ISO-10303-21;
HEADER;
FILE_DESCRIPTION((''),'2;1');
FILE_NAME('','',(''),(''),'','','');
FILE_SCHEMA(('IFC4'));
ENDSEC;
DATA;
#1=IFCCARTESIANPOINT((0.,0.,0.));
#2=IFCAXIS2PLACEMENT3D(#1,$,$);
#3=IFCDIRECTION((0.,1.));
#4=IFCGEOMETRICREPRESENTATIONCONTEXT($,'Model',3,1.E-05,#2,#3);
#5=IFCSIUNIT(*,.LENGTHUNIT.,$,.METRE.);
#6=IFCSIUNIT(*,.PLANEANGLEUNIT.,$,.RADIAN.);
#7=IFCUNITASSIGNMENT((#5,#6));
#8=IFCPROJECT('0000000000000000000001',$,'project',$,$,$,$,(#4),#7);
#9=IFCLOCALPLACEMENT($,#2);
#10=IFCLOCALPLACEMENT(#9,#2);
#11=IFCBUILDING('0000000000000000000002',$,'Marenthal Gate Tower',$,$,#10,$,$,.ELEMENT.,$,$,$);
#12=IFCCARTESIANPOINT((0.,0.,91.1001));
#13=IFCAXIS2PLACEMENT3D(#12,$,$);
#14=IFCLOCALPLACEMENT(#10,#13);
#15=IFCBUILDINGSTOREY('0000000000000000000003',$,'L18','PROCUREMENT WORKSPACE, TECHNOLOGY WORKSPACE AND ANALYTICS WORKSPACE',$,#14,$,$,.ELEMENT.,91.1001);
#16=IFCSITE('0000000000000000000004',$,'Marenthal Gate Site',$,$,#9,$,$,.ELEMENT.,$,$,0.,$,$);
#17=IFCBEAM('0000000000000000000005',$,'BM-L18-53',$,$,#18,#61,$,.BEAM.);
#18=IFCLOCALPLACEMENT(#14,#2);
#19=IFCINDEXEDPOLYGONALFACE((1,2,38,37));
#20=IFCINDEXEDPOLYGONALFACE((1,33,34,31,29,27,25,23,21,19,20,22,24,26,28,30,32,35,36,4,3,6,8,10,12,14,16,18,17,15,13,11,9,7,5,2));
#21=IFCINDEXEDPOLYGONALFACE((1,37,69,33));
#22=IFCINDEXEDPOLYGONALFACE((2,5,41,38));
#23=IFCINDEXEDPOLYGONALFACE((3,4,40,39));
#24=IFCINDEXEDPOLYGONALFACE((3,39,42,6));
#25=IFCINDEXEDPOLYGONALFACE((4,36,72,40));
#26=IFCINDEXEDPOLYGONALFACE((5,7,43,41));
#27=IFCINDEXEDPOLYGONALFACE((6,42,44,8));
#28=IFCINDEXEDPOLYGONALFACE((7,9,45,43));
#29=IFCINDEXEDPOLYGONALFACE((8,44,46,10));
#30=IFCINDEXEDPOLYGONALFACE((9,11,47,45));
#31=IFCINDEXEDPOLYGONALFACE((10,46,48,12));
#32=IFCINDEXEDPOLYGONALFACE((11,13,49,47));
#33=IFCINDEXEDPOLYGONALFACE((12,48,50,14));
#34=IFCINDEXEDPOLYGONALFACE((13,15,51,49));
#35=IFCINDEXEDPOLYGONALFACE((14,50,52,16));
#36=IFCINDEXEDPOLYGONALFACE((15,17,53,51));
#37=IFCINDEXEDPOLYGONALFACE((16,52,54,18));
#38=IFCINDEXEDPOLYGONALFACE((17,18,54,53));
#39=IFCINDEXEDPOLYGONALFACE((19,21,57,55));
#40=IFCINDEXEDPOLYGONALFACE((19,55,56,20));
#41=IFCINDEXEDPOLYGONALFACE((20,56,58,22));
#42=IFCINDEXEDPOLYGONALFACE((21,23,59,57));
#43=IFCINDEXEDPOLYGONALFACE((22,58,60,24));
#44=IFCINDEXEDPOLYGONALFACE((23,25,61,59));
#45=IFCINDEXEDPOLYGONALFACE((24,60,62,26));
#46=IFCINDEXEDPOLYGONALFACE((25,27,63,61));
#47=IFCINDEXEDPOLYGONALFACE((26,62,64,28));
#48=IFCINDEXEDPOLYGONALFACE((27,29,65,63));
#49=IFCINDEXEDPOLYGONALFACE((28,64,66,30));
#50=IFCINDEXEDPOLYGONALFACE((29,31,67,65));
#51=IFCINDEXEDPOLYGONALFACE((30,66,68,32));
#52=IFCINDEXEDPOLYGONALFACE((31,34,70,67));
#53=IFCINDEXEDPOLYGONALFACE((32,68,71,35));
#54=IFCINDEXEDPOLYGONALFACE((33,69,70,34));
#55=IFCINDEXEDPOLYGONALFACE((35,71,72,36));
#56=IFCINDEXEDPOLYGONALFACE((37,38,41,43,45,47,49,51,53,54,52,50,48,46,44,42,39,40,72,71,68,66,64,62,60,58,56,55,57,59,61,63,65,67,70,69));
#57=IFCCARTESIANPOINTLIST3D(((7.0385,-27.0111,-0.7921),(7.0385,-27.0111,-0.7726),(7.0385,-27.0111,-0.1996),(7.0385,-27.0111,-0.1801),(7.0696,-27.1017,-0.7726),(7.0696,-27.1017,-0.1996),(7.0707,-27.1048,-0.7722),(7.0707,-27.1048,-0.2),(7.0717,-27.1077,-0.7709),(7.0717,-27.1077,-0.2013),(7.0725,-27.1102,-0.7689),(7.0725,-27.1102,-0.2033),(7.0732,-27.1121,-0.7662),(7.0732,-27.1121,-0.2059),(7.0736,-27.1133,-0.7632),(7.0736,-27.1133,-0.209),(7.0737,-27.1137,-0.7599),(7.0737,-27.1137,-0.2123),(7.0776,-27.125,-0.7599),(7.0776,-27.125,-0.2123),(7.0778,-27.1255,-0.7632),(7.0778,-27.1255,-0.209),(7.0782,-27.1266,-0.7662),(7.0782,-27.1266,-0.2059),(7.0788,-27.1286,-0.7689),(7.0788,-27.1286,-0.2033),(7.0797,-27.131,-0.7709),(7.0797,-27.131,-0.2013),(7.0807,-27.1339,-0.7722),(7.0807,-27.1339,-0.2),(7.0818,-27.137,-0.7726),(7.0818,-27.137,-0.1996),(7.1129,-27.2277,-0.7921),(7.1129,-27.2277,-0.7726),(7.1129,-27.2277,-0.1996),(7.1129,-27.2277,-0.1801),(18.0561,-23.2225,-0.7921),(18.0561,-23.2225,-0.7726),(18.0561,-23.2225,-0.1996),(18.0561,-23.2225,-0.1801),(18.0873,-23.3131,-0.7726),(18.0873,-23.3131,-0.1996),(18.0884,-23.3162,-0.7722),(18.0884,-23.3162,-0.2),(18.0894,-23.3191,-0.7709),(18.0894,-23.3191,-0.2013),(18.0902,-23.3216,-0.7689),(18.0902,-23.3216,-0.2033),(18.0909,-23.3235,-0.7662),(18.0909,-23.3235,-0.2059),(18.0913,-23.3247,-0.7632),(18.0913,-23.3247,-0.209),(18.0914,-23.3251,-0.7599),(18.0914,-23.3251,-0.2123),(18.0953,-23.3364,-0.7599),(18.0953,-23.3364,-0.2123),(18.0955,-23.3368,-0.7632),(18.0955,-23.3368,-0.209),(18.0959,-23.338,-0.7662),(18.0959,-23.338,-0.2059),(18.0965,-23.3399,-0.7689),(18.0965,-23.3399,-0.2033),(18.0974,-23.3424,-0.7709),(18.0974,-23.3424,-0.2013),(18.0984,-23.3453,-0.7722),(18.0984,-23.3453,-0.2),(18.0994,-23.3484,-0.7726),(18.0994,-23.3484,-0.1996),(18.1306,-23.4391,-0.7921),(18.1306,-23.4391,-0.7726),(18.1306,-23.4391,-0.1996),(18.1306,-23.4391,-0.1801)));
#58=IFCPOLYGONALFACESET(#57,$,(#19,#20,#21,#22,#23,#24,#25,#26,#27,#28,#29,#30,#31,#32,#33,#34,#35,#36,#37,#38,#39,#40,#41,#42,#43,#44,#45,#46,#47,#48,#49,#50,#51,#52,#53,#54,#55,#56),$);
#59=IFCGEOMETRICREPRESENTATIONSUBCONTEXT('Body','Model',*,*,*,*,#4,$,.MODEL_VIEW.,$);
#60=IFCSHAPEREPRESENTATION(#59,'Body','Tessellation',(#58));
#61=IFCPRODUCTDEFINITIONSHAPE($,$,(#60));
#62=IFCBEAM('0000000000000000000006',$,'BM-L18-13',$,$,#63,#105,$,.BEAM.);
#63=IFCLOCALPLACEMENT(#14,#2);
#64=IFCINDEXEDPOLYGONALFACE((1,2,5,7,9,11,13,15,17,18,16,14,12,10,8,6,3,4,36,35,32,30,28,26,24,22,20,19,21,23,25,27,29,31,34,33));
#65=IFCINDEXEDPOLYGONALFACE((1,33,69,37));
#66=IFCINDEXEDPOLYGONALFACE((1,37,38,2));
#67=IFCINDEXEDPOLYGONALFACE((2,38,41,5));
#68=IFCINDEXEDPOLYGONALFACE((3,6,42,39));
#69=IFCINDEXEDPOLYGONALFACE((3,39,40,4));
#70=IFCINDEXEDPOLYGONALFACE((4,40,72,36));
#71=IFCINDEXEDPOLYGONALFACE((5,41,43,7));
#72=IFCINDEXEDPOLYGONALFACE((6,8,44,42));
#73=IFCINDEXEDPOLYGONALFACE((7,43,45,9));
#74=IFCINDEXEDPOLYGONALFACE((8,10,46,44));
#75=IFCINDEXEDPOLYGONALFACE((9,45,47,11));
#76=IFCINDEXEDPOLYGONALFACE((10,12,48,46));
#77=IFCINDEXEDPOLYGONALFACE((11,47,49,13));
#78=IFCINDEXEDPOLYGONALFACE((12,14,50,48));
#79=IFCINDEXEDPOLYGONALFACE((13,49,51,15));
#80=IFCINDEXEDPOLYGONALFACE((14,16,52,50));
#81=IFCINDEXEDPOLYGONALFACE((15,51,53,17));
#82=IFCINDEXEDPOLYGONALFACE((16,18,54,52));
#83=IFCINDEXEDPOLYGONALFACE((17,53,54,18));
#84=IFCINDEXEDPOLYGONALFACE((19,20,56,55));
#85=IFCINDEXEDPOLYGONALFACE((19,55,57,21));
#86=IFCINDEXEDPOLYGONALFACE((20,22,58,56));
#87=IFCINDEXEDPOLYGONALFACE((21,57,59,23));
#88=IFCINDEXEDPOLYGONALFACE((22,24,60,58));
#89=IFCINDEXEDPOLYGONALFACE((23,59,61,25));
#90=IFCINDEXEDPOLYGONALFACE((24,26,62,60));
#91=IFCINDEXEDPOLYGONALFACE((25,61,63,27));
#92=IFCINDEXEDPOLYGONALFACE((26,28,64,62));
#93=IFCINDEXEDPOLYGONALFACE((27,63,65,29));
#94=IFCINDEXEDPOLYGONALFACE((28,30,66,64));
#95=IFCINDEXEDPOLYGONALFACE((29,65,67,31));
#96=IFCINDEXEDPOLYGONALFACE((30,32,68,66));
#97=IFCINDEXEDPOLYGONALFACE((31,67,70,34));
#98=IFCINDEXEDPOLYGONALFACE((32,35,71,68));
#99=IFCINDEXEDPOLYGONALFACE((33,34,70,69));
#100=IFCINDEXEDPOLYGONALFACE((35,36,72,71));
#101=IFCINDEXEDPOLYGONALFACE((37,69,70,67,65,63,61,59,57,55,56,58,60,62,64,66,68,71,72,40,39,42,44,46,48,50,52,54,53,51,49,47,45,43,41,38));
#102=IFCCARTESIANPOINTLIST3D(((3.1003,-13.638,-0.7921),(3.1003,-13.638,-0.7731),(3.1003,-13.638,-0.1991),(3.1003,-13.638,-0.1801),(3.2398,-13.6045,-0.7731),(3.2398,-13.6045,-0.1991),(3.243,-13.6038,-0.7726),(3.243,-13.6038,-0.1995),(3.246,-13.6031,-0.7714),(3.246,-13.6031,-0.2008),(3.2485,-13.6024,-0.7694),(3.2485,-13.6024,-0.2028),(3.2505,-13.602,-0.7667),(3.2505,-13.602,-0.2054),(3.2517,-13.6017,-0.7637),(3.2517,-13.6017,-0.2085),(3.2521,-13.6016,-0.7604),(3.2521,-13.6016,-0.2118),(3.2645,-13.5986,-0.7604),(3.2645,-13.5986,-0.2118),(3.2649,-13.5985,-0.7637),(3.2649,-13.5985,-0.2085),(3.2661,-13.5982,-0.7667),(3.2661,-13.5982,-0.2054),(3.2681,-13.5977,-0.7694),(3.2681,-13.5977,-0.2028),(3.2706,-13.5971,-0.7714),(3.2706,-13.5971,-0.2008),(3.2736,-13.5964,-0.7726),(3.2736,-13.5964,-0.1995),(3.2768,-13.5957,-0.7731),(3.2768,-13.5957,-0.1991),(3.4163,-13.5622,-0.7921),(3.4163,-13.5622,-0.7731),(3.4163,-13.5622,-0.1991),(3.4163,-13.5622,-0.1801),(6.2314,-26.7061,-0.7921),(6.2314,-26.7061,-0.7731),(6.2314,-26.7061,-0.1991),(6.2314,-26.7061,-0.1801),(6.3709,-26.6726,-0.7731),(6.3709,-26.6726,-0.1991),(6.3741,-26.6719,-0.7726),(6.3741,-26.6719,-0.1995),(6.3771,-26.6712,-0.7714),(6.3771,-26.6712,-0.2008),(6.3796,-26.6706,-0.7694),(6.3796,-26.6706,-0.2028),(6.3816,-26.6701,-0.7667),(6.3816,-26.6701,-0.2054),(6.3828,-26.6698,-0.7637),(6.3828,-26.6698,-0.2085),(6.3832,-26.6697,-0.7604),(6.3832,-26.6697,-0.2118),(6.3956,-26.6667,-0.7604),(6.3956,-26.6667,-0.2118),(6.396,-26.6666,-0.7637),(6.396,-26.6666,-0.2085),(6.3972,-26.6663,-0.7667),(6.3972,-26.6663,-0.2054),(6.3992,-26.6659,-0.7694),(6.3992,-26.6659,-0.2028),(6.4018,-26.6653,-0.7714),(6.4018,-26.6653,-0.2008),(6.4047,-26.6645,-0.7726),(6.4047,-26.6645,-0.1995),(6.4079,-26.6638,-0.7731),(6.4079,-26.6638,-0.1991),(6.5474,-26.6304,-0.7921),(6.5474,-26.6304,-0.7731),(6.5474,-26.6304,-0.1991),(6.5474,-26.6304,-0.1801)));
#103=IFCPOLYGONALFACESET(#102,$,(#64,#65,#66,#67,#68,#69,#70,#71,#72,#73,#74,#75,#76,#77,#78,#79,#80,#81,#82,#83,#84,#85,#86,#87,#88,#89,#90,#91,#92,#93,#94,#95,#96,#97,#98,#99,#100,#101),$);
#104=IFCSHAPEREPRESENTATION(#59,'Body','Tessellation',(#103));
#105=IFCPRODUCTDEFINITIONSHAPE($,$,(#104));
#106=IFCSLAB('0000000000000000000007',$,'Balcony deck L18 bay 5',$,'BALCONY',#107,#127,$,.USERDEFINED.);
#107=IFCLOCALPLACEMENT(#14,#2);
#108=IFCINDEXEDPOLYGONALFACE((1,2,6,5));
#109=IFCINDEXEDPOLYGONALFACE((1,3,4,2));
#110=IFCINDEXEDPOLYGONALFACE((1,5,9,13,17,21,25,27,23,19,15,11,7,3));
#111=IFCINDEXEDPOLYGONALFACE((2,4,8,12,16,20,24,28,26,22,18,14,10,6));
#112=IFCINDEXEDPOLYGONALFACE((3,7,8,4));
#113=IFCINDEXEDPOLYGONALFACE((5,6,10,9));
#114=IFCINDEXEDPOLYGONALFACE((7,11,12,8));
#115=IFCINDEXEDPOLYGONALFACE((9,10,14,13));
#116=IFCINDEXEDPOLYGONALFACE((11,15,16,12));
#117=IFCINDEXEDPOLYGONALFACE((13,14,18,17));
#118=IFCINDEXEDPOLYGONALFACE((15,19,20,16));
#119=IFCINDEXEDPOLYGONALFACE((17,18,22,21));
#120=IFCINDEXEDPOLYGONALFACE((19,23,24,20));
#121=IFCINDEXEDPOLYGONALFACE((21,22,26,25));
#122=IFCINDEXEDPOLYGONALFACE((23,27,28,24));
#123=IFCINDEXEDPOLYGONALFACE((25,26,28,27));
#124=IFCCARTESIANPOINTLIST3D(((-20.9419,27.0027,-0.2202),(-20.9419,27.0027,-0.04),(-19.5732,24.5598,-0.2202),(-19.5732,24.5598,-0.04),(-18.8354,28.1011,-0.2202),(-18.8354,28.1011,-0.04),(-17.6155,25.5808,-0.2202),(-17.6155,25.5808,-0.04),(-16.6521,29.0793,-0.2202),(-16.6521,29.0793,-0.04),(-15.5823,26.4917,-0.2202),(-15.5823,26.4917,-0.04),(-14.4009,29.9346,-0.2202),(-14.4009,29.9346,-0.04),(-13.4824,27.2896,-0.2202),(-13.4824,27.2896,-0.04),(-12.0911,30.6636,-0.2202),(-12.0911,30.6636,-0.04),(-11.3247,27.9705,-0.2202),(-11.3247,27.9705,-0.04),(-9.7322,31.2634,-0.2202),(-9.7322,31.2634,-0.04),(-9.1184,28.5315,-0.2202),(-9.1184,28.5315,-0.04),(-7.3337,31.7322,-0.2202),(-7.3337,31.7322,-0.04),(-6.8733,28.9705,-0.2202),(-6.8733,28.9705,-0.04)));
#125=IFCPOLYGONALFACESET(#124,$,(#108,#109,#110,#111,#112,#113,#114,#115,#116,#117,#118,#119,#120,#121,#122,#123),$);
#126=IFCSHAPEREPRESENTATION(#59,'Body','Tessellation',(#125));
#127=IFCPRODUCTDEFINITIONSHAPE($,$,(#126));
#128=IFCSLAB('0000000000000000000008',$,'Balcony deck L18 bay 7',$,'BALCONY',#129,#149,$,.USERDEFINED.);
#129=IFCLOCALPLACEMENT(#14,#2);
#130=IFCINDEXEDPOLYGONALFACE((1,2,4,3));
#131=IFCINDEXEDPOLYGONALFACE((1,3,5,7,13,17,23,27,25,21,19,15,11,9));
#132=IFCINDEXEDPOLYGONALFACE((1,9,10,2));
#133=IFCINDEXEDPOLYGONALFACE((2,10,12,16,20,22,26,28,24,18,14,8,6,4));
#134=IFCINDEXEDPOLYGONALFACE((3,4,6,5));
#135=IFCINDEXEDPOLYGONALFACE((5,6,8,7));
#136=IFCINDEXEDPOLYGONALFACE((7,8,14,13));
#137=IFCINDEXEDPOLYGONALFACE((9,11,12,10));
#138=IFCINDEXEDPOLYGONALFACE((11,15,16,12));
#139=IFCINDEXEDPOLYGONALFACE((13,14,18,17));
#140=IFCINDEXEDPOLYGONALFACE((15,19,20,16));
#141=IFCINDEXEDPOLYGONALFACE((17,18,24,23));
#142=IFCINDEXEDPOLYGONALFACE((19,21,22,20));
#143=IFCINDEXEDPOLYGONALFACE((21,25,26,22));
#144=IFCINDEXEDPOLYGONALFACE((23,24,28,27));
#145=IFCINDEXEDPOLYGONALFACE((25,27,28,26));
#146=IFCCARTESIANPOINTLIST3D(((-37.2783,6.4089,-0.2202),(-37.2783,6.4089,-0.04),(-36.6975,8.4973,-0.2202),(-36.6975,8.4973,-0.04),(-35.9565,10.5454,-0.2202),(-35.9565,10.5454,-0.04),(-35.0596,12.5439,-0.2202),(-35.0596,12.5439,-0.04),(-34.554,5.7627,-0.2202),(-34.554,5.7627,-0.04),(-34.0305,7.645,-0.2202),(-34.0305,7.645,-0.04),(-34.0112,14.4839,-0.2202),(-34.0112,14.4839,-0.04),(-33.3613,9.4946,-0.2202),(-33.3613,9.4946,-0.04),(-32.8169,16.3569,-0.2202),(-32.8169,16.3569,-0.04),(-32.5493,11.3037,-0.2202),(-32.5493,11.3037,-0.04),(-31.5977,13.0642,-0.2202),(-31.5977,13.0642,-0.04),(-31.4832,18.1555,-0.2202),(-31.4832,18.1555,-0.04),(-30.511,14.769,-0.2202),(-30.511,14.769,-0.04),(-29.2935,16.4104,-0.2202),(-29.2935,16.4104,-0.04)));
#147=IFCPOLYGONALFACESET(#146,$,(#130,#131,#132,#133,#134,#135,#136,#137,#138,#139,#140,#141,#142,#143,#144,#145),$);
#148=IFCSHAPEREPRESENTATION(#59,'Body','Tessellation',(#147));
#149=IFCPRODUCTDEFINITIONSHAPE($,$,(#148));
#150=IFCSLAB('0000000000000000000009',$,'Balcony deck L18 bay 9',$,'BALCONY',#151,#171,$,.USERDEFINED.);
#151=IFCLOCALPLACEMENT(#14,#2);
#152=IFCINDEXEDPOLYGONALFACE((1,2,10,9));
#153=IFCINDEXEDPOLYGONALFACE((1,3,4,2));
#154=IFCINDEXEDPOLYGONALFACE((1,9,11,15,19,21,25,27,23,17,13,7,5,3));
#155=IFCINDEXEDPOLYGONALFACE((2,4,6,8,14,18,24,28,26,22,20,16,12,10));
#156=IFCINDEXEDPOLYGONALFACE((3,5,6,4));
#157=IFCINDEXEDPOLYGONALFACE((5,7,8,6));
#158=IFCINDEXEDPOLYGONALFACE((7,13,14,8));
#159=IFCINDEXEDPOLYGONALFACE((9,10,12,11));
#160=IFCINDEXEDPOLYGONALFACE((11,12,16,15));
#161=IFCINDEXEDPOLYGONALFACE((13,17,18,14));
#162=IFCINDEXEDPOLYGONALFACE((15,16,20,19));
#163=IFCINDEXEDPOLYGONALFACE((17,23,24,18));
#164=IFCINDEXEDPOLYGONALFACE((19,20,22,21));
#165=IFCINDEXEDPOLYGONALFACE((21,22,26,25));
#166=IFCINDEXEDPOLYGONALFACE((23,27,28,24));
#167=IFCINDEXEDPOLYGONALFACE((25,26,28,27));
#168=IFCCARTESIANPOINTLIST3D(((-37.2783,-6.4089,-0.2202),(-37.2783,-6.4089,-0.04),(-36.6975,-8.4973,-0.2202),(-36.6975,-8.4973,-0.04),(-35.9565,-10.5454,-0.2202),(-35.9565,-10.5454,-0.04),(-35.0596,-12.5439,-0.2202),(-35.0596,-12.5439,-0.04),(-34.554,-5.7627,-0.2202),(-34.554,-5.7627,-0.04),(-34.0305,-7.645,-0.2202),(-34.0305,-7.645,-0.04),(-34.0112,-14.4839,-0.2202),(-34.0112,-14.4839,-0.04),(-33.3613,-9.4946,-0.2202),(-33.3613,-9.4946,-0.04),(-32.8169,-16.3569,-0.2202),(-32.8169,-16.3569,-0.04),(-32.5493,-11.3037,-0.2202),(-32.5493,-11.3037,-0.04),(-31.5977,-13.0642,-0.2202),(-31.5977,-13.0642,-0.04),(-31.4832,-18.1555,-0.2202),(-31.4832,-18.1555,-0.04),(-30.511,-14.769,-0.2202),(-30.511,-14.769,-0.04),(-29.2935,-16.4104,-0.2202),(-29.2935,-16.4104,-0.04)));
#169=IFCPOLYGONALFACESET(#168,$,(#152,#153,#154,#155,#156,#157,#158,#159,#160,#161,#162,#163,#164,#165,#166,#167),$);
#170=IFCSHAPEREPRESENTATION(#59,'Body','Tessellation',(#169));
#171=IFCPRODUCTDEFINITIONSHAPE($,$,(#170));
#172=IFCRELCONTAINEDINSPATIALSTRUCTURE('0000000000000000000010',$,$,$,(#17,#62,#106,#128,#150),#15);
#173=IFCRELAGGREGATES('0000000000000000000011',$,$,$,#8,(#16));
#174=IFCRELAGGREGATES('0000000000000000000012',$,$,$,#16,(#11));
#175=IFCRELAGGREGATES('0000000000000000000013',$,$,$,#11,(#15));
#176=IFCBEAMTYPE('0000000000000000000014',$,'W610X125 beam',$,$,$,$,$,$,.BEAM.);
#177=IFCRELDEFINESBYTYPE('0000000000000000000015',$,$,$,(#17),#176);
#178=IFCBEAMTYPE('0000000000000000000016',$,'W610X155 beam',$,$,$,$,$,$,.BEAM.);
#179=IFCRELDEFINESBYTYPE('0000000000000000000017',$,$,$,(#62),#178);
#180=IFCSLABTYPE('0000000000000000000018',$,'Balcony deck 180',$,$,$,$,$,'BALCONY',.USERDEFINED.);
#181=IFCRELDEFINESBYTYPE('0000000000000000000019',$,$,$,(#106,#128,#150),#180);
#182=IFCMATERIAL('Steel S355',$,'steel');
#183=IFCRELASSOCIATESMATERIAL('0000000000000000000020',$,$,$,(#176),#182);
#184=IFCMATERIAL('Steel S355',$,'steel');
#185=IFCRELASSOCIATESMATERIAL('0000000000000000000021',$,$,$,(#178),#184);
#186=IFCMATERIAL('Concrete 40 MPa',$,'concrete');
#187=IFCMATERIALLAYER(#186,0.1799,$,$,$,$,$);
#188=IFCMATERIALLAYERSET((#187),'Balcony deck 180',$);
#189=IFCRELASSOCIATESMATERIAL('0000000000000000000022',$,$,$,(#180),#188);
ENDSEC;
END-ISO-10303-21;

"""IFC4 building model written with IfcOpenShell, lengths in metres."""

from ifc_helpers import new_model, si_unit, direction, frame, origin, origin_2d, place, context, subcontext, project, spatial, polyline, i_section, outline, extrude, material, layer, layer_set, material_profile, profile_set, type_object, element, save


model = new_model("IFC4")

# Units and contexts
model_context = context("Model", 3, precision=1e-05, world=origin(), true_north=direction((0.0, 1.0)))
body_context = subcontext(model_context, "Body", "Model", "MODEL_VIEW")
ifc_project = project(units=[si_unit("LENGTHUNIT", "METRE"), si_unit("PLANEANGLEUNIT", "RADIAN")], contexts=[model_context])

# Site, building, storey
site_placement = place(None, origin())
site = spatial("IfcSite", under=ifc_project, at=site_placement, Name="Marenthal Gate Site", CompositionType="ELEMENT", RefElevation=0.0)
building_placement = place(site_placement, origin())
building = spatial("IfcBuilding", under=site, at=building_placement, Name="Marenthal Gate Tower", CompositionType="ELEMENT")
storey_placement = place(building_placement, frame((0.0, 0.0, 91.1001)))
storey = spatial("IfcBuildingStorey", under=building, at=storey_placement, Name="L18", Description="PROCUREMENT WORKSPACE, TECHNOLOGY WORKSPACE AND ANALYTICS WORKSPACE", CompositionType="ELEMENT", Elevation=91.1001)

# Beams
ifc_material_1 = material(Name="Steel S355", Category="steel")
ifc_material_profile_1 = material_profile(ifc_material_1, i_section(OverallWidth=0.229, OverallDepth=0.6121, WebThickness=0.012, FlangeThickness=0.0195, FilletRadius=0.0127, at=origin_2d()), Name="W610X125")
ifc_profile_set_1 = profile_set([ifc_material_profile_1], Name="Steel S355")
beam_type_1 = type_object("IfcBeamType", Name="W610X125 beam", PredefinedType="BEAM", material=ifc_profile_set_1)
beam_1_placement = place(storey_placement, frame((7.0757, -27.1194, -0.4861), z_axis=(0.945653, 0.325178, 0.0), x_axis=(-0.325178, 0.945653, 0.0)))
element("IfcBeam", 1, at=beam_1_placement, inside=storey, type_object=beam_type_1, Name="BM-L18-53", PredefinedType="BEAM", context=body_context, shape_type="SweptSolid", body=[
    extrude(i_section(OverallWidth=0.229, OverallDepth=0.6121, WebThickness=0.012, FlangeThickness=0.0195, FilletRadius=0.0127, at=origin_2d()), origin(), (0.0, 0.0, 1.0), 11.6509),
])
ifc_material_2 = material(Name="Steel S355", Category="steel")
ifc_material_profile_2 = material_profile(ifc_material_2, i_section(OverallWidth=0.325, OverallDepth=0.6121, WebThickness=0.0127, FlangeThickness=0.019, FilletRadius=0.0127, at=origin_2d()), Name="W610X155")
ifc_profile_set_2 = profile_set([ifc_material_profile_2], Name="Steel S355")
beam_type_2 = type_object("IfcBeamType", Name="W610X155 beam", PredefinedType="BEAM", material=ifc_profile_set_2)
beam_2_placement = place(storey_placement, frame((6.3894, -26.6682, -0.4861), z_axis=(-0.233004, 0.972476, 0.0), x_axis=(-0.972476, -0.233004, 0.0)))
element("IfcBeam", 2, at=beam_2_placement, inside=storey, type_object=beam_type_2, Name="BM-L18-13", PredefinedType="BEAM", context=body_context, shape_type="SweptSolid", body=[
    extrude(i_section(OverallWidth=0.325, OverallDepth=0.6121, WebThickness=0.0127, FlangeThickness=0.019, FilletRadius=0.0127, at=origin_2d()), origin(), (0.0, 0.0, 1.0), 13.438),
])

# Slabs
ifc_material_3 = material(Name="Concrete 40 MPa", Category="concrete")
ifc_layer_1 = layer(ifc_material_3, 0.1799)
ifc_layer_set_1 = layer_set([ifc_layer_1], Name="Balcony deck 180")
slab_type_1 = type_object("IfcSlabType", Name="Balcony deck 180", ElementType="BALCONY", PredefinedType="USERDEFINED", material=ifc_layer_set_1)
slab_1_placement = place(storey_placement, frame((0.0, 0.0, -0.2202)))
element("IfcSlab", 3, at=slab_1_placement, inside=storey, type_object=slab_type_1, Name="Balcony deck L18 bay 5", ObjectType="BALCONY", PredefinedType="USERDEFINED", context=body_context, shape_type="SweptSolid", body=[
    extrude(outline(polyline([(-6.8733, 28.9705), (-9.1184, 28.5315), (-11.3247, 27.9705), (-13.4824, 27.2896), (-15.5823, 26.4917), (-17.6155, 25.5808), (-19.5732, 24.5598), (-20.9419, 27.0027), (-18.8354, 28.1011), (-16.6521, 29.0793), (-14.4009, 29.9346), (-12.0911, 30.6636), (-9.7322, 31.2634), (-7.3337, 31.7322), (-6.8733, 28.9705)])), origin(), (0.0, 0.0, 1.0), 0.1802),
])
slab_2_placement = place(storey_placement, frame((0.0, 0.0, -0.2202)))
element("IfcSlab", 4, at=slab_2_placement, inside=storey, type_object=slab_type_1, Name="Balcony deck L18 bay 7", ObjectType="BALCONY", PredefinedType="USERDEFINED", context=body_context, shape_type="SweptSolid", body=[
    extrude(outline(polyline([(-29.2935, 16.4104), (-30.511, 14.769), (-31.5977, 13.0642), (-32.5493, 11.3037), (-33.3613, 9.4946), (-34.0305, 7.645), (-34.554, 5.7627), (-37.2783, 6.4089), (-36.6975, 8.4973), (-35.9565, 10.5454), (-35.0596, 12.5439), (-34.0112, 14.4839), (-32.8169, 16.3569), (-31.4832, 18.1555), (-29.2935, 16.4104)])), origin(), (0.0, 0.0, 1.0), 0.1802),
])
slab_3_placement = place(storey_placement, frame((0.0, 0.0, -0.2202)))
element("IfcSlab", 5, at=slab_3_placement, inside=storey, type_object=slab_type_1, Name="Balcony deck L18 bay 9", ObjectType="BALCONY", PredefinedType="USERDEFINED", context=body_context, shape_type="SweptSolid", body=[
    extrude(outline(polyline([(-34.554, -5.7627), (-34.0305, -7.645), (-33.3613, -9.4946), (-32.5493, -11.3037), (-31.5977, -13.0642), (-30.511, -14.769), (-29.2935, -16.4104), (-31.4832, -18.1555), (-32.8169, -16.3569), (-34.0112, -14.4839), (-35.0596, -12.5439), (-35.9565, -10.5454), (-36.6975, -8.4973), (-37.2783, -6.4089), (-34.554, -5.7627)])), origin(), (0.0, 0.0, 1.0), 0.1802),
])

save(model, "model.ifc")
